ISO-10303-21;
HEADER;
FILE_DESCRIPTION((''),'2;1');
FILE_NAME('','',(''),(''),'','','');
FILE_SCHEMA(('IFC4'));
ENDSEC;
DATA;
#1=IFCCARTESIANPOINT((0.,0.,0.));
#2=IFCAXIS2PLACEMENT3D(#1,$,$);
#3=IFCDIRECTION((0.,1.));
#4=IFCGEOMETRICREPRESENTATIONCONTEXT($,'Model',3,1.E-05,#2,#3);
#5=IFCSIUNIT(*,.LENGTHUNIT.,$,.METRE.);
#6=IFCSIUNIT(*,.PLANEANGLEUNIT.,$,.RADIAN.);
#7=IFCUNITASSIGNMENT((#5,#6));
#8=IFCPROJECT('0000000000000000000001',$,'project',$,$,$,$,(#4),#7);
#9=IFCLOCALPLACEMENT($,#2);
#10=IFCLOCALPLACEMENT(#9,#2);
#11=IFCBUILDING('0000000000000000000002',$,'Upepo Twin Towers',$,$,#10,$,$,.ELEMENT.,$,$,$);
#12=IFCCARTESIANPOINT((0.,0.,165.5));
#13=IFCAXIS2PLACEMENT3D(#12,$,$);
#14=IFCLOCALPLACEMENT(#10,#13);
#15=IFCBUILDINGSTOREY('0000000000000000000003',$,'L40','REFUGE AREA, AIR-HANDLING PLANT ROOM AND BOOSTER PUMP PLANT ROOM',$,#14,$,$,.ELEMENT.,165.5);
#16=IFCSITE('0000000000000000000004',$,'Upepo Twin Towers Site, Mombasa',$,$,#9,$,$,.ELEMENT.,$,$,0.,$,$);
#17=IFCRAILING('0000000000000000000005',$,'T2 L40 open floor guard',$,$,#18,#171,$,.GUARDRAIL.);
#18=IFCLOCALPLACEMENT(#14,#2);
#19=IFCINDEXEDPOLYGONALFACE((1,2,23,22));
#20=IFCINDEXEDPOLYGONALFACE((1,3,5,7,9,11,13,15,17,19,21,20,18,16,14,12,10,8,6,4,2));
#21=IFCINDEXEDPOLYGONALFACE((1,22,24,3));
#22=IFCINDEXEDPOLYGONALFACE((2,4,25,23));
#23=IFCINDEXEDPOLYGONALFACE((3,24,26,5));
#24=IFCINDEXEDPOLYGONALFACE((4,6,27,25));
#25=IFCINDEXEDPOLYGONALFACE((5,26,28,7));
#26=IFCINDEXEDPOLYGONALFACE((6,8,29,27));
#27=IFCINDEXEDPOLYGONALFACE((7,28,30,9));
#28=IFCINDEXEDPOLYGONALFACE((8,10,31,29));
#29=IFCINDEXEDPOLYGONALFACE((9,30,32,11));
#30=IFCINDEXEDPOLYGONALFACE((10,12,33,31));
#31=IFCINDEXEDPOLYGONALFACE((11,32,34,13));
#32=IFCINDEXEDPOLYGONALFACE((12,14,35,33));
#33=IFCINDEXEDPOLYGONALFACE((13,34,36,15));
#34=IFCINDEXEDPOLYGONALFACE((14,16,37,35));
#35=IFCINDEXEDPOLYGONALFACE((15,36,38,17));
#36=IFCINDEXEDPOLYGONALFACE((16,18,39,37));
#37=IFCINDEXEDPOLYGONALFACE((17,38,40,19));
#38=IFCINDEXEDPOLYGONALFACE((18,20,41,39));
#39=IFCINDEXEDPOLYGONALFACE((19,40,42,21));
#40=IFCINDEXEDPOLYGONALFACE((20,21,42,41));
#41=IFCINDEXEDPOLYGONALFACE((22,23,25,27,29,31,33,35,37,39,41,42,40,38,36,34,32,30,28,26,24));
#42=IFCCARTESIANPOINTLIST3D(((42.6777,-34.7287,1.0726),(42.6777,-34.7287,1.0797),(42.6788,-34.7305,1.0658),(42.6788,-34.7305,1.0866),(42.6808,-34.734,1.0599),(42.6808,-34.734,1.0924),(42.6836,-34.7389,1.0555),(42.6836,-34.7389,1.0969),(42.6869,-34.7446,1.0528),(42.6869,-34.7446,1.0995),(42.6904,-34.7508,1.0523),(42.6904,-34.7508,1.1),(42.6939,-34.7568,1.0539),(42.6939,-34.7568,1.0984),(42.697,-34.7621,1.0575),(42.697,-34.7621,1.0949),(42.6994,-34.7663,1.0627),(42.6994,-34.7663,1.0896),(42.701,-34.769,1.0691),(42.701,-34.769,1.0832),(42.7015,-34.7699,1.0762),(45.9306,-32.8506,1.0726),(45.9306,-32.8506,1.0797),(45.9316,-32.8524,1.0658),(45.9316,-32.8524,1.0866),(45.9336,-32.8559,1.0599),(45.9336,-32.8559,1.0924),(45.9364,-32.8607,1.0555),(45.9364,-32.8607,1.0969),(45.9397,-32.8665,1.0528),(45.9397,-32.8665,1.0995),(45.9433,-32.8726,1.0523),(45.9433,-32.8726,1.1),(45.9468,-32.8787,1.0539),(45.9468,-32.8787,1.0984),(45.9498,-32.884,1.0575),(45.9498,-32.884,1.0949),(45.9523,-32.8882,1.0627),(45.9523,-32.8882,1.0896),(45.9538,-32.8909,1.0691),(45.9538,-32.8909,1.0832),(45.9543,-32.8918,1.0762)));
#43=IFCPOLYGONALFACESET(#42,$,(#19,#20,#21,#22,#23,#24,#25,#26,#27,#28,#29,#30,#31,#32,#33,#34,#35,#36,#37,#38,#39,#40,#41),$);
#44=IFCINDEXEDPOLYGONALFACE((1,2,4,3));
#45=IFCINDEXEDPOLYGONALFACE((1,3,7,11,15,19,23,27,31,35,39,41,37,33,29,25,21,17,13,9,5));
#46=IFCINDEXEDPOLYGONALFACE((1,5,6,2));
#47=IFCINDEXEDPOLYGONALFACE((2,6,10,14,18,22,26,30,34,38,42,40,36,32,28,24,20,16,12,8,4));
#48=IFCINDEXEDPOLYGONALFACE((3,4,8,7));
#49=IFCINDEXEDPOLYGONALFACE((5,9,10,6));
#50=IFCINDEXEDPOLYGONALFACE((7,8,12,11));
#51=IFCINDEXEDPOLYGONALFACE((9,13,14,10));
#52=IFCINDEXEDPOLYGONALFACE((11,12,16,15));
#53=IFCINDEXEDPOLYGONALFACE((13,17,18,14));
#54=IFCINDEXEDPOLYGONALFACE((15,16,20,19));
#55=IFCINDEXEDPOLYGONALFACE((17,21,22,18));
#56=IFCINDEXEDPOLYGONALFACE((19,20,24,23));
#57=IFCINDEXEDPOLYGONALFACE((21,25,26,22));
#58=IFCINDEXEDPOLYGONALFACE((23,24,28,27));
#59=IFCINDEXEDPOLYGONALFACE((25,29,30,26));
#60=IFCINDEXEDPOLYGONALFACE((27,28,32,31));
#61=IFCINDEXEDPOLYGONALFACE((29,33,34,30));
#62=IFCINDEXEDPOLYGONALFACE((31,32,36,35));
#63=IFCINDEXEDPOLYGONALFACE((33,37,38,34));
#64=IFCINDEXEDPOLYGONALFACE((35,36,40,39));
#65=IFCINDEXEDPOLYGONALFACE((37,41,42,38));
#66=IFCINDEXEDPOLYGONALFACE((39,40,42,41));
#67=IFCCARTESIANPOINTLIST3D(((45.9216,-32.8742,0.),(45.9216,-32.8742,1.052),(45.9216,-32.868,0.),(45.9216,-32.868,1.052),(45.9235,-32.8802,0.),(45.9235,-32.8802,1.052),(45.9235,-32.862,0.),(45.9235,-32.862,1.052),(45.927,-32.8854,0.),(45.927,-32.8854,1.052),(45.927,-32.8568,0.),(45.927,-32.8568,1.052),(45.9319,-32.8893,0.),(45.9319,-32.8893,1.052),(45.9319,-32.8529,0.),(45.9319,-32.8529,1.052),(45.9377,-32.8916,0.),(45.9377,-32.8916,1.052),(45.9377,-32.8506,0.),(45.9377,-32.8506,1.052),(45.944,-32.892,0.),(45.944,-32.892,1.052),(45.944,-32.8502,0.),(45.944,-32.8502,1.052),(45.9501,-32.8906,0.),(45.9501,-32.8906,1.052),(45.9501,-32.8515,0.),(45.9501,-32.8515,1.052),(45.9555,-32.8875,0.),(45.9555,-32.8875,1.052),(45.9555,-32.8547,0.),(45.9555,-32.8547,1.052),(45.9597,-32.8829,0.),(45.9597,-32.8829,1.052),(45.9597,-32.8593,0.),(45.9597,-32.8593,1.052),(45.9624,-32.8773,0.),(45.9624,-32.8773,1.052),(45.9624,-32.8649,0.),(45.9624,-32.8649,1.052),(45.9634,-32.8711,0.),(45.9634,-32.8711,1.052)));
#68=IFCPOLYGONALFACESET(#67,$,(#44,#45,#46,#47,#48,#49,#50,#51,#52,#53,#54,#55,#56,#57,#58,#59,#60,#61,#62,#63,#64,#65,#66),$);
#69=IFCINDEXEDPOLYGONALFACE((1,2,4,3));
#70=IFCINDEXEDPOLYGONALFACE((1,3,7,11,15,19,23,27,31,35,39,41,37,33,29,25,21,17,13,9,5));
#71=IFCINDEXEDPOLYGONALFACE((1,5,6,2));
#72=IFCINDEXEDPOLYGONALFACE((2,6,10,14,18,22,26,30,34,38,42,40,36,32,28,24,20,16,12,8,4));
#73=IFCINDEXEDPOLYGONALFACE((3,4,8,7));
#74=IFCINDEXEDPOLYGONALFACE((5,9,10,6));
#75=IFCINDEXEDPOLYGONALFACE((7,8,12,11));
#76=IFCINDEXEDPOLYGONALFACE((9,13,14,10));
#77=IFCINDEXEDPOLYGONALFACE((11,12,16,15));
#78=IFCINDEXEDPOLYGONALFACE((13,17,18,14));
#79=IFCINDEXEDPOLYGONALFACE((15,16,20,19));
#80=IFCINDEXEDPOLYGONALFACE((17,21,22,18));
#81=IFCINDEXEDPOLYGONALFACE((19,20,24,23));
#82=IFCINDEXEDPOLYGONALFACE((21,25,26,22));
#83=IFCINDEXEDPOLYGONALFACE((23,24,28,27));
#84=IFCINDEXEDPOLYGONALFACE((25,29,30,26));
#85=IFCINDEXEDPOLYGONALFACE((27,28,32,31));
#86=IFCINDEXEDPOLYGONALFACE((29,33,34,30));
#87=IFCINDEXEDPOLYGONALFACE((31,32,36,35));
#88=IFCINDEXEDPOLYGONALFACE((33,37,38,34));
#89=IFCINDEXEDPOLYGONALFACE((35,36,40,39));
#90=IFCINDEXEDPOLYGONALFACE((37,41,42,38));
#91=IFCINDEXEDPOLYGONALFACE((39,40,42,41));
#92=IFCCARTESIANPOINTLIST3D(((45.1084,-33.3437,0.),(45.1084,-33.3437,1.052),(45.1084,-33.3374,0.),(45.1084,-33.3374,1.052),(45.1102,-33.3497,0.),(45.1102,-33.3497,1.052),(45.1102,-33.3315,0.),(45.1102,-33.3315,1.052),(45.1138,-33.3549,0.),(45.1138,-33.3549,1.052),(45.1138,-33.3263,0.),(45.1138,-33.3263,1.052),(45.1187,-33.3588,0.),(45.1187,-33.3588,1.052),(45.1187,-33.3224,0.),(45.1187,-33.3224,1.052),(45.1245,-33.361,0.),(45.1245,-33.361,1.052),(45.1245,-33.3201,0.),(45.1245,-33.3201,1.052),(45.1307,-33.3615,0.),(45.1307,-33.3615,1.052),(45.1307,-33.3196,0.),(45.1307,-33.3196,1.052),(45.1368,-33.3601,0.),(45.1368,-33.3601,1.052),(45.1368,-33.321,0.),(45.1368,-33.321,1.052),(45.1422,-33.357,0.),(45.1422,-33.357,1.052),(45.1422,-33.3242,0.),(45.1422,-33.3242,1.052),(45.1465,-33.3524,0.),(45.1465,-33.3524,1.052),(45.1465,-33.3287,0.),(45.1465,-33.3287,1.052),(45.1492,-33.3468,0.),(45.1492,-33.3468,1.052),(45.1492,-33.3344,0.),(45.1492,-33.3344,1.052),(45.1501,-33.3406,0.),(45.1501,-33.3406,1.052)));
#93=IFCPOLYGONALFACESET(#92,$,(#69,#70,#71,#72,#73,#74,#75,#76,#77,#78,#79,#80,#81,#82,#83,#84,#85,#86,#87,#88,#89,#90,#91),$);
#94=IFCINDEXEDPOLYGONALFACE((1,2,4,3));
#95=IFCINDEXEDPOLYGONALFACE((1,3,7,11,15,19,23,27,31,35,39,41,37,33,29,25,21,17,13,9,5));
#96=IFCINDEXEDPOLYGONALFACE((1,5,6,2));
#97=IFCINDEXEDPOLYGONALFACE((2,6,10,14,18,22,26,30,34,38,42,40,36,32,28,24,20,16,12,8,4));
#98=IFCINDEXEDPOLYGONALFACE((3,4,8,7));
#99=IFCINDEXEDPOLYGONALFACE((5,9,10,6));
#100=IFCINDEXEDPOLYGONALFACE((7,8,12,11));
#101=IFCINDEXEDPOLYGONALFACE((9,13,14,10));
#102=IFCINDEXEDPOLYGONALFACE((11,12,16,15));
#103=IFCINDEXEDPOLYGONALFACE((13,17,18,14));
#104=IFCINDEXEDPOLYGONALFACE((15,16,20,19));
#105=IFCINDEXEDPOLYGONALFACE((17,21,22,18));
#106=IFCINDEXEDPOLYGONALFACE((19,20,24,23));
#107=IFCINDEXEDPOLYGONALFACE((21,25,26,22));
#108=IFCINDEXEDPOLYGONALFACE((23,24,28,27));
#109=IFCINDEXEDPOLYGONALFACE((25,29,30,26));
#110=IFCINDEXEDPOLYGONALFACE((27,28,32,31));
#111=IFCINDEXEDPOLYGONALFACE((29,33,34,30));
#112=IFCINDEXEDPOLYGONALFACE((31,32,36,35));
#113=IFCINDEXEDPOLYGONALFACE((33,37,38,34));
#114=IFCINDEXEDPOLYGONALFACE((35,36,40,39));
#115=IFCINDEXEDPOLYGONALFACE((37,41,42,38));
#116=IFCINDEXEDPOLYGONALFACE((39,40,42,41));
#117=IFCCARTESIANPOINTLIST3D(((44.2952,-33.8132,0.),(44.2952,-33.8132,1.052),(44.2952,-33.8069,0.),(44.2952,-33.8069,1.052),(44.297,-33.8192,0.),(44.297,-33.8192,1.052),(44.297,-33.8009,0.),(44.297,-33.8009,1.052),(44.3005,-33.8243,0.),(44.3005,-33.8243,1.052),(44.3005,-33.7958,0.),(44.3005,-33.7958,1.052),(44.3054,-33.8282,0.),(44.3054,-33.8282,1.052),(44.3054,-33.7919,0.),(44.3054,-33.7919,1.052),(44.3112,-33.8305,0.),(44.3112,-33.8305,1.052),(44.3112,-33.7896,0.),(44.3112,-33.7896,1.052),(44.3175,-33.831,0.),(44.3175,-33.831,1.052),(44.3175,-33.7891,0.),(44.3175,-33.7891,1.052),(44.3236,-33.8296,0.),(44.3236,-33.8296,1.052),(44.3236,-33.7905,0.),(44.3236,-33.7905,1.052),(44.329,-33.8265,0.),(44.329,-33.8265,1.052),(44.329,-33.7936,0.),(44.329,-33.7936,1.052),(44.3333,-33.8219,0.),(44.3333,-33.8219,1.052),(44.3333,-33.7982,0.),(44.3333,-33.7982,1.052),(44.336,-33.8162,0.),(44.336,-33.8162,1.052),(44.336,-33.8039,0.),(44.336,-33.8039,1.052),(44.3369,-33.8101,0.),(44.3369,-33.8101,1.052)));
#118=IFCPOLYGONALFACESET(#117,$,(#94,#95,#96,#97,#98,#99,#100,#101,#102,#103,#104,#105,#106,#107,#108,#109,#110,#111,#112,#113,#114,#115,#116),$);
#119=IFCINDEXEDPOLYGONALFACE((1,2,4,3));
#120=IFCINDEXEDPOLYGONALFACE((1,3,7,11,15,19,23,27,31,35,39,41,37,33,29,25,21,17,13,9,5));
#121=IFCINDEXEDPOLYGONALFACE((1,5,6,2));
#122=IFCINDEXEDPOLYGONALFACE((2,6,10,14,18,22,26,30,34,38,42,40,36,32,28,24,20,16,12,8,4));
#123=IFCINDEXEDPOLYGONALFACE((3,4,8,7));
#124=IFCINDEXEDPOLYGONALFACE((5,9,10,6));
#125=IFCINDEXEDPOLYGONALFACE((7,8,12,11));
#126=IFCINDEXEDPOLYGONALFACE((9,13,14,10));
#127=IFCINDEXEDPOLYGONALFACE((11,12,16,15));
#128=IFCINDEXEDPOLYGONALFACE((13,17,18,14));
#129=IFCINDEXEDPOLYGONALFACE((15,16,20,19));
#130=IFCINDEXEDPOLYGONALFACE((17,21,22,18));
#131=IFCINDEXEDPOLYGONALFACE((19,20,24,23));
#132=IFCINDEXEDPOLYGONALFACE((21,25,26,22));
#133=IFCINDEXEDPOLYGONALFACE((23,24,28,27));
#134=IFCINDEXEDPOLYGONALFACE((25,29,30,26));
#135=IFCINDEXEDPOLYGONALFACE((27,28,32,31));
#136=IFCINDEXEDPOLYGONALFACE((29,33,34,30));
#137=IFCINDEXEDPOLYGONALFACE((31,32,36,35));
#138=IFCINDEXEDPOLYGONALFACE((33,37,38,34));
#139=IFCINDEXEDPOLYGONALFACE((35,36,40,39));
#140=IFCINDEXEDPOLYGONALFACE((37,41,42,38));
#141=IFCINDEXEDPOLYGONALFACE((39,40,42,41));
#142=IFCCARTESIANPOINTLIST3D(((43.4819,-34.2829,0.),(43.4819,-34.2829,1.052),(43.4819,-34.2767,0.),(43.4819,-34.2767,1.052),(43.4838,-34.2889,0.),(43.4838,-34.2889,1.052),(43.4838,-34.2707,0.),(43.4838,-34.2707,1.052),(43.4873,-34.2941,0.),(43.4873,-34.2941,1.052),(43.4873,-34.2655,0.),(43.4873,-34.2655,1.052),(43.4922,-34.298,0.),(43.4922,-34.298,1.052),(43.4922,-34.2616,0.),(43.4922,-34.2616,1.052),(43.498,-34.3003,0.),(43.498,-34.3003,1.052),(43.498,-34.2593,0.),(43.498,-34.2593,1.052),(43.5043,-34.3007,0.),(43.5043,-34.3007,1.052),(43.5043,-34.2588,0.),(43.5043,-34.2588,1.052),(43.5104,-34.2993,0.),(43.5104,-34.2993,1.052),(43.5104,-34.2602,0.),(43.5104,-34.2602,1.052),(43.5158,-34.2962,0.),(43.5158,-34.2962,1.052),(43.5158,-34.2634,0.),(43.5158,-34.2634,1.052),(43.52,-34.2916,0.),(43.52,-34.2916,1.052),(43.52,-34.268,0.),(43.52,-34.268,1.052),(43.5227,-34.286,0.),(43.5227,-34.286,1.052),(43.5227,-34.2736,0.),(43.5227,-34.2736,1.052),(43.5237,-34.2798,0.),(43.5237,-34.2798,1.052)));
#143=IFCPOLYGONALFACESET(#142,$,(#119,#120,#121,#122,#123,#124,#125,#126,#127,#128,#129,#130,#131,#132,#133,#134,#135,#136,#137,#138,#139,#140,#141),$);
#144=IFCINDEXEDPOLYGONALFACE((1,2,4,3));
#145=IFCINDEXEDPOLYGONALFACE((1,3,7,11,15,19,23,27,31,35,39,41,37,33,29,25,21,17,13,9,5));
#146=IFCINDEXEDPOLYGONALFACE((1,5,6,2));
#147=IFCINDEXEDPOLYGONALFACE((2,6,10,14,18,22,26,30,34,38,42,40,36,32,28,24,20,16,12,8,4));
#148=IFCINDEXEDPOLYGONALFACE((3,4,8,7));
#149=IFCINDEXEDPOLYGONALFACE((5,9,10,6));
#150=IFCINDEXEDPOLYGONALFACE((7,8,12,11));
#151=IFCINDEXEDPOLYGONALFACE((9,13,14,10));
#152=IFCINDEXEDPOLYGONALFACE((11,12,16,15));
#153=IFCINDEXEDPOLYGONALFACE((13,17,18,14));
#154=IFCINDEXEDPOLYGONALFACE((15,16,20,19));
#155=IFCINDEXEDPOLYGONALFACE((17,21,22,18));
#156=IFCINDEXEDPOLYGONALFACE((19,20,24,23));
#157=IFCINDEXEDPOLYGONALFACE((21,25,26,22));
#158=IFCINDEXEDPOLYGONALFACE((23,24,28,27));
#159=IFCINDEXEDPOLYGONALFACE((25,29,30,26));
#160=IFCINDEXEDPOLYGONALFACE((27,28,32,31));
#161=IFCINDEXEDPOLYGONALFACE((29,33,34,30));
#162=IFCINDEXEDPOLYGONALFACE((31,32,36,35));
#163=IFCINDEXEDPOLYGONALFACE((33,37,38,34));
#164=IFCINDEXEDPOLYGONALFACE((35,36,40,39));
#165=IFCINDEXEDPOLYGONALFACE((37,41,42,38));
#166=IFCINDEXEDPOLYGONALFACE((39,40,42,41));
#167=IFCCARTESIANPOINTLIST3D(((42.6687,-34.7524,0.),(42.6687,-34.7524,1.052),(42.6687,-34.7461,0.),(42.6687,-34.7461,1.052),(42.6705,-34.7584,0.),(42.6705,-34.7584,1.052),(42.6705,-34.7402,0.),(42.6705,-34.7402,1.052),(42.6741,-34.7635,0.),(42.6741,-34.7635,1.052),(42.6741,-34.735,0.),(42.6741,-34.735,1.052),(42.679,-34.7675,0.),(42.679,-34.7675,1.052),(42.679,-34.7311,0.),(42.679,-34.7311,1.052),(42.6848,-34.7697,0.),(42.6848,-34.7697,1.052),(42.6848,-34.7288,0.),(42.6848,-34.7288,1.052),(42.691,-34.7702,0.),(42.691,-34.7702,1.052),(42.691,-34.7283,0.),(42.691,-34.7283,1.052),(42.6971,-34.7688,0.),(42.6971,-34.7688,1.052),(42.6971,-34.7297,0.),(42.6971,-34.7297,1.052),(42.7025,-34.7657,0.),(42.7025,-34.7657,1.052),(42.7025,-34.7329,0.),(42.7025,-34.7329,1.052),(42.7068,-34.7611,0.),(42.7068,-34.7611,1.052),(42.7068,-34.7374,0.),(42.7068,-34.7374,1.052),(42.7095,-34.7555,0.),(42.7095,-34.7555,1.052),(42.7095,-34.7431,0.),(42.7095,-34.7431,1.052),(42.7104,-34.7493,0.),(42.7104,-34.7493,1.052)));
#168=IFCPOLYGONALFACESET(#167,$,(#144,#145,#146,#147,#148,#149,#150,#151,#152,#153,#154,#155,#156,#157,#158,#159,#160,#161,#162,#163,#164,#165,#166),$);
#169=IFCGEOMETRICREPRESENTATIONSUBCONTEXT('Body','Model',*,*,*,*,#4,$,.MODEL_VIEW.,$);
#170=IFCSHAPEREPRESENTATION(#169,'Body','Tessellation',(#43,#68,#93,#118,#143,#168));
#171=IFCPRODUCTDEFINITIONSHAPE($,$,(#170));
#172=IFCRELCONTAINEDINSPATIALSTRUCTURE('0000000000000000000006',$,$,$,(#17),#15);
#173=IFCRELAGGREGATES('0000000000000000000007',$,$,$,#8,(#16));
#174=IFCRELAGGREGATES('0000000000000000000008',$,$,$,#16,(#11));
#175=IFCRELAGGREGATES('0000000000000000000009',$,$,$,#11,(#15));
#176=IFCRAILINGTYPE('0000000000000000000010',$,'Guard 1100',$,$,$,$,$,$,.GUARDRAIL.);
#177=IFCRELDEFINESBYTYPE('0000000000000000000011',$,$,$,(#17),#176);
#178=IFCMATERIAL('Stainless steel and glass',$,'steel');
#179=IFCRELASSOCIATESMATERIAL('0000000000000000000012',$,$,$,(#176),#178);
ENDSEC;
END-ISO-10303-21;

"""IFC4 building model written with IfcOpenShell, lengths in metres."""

from ifc_helpers import new_model, si_unit, direction, frame, origin, origin_2d, place, context, subcontext, project, spatial, circle, extrude, material, type_object, element, save


model = new_model("IFC4")

# Units and contexts
model_context = context("Model", 3, precision=1e-05, world=origin(), true_north=direction((0.0, 1.0)))
body_context = subcontext(model_context, "Body", "Model", "MODEL_VIEW")
ifc_project = project(units=[si_unit("LENGTHUNIT", "METRE"), si_unit("PLANEANGLEUNIT", "RADIAN")], contexts=[model_context])

# Site, building, storey
site_placement = place(None, origin())
site = spatial("IfcSite", under=ifc_project, at=site_placement, Name="Upepo Twin Towers Site, Mombasa", CompositionType="ELEMENT", RefElevation=0.0)
building_placement = place(site_placement, origin())
building = spatial("IfcBuilding", under=site, at=building_placement, Name="Upepo Twin Towers", CompositionType="ELEMENT")
storey_placement = place(building_placement, frame((0.0, 0.0, 165.5)))
storey = spatial("IfcBuildingStorey", under=building, at=storey_placement, Name="L40", Description="REFUGE AREA, AIR-HANDLING PLANT ROOM AND BOOSTER PUMP PLANT ROOM", CompositionType="ELEMENT", Elevation=165.5)

# Railing
ifc_material_1 = material(Name="Stainless steel and glass", Category="steel")
railing_type = type_object("IfcRailingType", Name="Guard 1100", PredefinedType="GUARDRAIL", material=ifc_material_1)
railing_1_placement = place(storey_placement, frame((45.9424, -32.8711, 0.0)))
element("IfcRailing", 1, at=railing_1_placement, inside=storey, type_object=railing_type, Name="T2 L40 open floor guard", PredefinedType="GUARDRAIL", context=body_context, shape_type="SweptSolid", body=[
    extrude(circle(Radius=0.0239, at=origin_2d()), frame((0.0, 0.0, 1.0762), z_axis=(-0.866015, -0.500019, 0.0), x_axis=(0.500019, -0.866015, 0.0)), (0.0, 0.0, 1.0), 3.7561),
    extrude(circle(Radius=0.021, at=origin_2d()), origin(), (0.0, 0.0, 1.0), 1.052),
    extrude(circle(Radius=0.021, at=origin_2d()), frame((-0.8132, -0.4695, 0.0)), (0.0, 0.0, 1.0), 1.052),
    extrude(circle(Radius=0.021, at=origin_2d()), frame((-1.6265, -0.939, 0.0)), (0.0, 0.0, 1.0), 1.052),
    extrude(circle(Radius=0.021, at=origin_2d()), frame((-2.4397, -1.4087, 0.0)), (0.0, 0.0, 1.0), 1.052),
    extrude(circle(Radius=0.021, at=origin_2d()), frame((-3.2529, -1.8782, 0.0)), (0.0, 0.0, 1.0), 1.052),
])

save(model, "model.ifc")
